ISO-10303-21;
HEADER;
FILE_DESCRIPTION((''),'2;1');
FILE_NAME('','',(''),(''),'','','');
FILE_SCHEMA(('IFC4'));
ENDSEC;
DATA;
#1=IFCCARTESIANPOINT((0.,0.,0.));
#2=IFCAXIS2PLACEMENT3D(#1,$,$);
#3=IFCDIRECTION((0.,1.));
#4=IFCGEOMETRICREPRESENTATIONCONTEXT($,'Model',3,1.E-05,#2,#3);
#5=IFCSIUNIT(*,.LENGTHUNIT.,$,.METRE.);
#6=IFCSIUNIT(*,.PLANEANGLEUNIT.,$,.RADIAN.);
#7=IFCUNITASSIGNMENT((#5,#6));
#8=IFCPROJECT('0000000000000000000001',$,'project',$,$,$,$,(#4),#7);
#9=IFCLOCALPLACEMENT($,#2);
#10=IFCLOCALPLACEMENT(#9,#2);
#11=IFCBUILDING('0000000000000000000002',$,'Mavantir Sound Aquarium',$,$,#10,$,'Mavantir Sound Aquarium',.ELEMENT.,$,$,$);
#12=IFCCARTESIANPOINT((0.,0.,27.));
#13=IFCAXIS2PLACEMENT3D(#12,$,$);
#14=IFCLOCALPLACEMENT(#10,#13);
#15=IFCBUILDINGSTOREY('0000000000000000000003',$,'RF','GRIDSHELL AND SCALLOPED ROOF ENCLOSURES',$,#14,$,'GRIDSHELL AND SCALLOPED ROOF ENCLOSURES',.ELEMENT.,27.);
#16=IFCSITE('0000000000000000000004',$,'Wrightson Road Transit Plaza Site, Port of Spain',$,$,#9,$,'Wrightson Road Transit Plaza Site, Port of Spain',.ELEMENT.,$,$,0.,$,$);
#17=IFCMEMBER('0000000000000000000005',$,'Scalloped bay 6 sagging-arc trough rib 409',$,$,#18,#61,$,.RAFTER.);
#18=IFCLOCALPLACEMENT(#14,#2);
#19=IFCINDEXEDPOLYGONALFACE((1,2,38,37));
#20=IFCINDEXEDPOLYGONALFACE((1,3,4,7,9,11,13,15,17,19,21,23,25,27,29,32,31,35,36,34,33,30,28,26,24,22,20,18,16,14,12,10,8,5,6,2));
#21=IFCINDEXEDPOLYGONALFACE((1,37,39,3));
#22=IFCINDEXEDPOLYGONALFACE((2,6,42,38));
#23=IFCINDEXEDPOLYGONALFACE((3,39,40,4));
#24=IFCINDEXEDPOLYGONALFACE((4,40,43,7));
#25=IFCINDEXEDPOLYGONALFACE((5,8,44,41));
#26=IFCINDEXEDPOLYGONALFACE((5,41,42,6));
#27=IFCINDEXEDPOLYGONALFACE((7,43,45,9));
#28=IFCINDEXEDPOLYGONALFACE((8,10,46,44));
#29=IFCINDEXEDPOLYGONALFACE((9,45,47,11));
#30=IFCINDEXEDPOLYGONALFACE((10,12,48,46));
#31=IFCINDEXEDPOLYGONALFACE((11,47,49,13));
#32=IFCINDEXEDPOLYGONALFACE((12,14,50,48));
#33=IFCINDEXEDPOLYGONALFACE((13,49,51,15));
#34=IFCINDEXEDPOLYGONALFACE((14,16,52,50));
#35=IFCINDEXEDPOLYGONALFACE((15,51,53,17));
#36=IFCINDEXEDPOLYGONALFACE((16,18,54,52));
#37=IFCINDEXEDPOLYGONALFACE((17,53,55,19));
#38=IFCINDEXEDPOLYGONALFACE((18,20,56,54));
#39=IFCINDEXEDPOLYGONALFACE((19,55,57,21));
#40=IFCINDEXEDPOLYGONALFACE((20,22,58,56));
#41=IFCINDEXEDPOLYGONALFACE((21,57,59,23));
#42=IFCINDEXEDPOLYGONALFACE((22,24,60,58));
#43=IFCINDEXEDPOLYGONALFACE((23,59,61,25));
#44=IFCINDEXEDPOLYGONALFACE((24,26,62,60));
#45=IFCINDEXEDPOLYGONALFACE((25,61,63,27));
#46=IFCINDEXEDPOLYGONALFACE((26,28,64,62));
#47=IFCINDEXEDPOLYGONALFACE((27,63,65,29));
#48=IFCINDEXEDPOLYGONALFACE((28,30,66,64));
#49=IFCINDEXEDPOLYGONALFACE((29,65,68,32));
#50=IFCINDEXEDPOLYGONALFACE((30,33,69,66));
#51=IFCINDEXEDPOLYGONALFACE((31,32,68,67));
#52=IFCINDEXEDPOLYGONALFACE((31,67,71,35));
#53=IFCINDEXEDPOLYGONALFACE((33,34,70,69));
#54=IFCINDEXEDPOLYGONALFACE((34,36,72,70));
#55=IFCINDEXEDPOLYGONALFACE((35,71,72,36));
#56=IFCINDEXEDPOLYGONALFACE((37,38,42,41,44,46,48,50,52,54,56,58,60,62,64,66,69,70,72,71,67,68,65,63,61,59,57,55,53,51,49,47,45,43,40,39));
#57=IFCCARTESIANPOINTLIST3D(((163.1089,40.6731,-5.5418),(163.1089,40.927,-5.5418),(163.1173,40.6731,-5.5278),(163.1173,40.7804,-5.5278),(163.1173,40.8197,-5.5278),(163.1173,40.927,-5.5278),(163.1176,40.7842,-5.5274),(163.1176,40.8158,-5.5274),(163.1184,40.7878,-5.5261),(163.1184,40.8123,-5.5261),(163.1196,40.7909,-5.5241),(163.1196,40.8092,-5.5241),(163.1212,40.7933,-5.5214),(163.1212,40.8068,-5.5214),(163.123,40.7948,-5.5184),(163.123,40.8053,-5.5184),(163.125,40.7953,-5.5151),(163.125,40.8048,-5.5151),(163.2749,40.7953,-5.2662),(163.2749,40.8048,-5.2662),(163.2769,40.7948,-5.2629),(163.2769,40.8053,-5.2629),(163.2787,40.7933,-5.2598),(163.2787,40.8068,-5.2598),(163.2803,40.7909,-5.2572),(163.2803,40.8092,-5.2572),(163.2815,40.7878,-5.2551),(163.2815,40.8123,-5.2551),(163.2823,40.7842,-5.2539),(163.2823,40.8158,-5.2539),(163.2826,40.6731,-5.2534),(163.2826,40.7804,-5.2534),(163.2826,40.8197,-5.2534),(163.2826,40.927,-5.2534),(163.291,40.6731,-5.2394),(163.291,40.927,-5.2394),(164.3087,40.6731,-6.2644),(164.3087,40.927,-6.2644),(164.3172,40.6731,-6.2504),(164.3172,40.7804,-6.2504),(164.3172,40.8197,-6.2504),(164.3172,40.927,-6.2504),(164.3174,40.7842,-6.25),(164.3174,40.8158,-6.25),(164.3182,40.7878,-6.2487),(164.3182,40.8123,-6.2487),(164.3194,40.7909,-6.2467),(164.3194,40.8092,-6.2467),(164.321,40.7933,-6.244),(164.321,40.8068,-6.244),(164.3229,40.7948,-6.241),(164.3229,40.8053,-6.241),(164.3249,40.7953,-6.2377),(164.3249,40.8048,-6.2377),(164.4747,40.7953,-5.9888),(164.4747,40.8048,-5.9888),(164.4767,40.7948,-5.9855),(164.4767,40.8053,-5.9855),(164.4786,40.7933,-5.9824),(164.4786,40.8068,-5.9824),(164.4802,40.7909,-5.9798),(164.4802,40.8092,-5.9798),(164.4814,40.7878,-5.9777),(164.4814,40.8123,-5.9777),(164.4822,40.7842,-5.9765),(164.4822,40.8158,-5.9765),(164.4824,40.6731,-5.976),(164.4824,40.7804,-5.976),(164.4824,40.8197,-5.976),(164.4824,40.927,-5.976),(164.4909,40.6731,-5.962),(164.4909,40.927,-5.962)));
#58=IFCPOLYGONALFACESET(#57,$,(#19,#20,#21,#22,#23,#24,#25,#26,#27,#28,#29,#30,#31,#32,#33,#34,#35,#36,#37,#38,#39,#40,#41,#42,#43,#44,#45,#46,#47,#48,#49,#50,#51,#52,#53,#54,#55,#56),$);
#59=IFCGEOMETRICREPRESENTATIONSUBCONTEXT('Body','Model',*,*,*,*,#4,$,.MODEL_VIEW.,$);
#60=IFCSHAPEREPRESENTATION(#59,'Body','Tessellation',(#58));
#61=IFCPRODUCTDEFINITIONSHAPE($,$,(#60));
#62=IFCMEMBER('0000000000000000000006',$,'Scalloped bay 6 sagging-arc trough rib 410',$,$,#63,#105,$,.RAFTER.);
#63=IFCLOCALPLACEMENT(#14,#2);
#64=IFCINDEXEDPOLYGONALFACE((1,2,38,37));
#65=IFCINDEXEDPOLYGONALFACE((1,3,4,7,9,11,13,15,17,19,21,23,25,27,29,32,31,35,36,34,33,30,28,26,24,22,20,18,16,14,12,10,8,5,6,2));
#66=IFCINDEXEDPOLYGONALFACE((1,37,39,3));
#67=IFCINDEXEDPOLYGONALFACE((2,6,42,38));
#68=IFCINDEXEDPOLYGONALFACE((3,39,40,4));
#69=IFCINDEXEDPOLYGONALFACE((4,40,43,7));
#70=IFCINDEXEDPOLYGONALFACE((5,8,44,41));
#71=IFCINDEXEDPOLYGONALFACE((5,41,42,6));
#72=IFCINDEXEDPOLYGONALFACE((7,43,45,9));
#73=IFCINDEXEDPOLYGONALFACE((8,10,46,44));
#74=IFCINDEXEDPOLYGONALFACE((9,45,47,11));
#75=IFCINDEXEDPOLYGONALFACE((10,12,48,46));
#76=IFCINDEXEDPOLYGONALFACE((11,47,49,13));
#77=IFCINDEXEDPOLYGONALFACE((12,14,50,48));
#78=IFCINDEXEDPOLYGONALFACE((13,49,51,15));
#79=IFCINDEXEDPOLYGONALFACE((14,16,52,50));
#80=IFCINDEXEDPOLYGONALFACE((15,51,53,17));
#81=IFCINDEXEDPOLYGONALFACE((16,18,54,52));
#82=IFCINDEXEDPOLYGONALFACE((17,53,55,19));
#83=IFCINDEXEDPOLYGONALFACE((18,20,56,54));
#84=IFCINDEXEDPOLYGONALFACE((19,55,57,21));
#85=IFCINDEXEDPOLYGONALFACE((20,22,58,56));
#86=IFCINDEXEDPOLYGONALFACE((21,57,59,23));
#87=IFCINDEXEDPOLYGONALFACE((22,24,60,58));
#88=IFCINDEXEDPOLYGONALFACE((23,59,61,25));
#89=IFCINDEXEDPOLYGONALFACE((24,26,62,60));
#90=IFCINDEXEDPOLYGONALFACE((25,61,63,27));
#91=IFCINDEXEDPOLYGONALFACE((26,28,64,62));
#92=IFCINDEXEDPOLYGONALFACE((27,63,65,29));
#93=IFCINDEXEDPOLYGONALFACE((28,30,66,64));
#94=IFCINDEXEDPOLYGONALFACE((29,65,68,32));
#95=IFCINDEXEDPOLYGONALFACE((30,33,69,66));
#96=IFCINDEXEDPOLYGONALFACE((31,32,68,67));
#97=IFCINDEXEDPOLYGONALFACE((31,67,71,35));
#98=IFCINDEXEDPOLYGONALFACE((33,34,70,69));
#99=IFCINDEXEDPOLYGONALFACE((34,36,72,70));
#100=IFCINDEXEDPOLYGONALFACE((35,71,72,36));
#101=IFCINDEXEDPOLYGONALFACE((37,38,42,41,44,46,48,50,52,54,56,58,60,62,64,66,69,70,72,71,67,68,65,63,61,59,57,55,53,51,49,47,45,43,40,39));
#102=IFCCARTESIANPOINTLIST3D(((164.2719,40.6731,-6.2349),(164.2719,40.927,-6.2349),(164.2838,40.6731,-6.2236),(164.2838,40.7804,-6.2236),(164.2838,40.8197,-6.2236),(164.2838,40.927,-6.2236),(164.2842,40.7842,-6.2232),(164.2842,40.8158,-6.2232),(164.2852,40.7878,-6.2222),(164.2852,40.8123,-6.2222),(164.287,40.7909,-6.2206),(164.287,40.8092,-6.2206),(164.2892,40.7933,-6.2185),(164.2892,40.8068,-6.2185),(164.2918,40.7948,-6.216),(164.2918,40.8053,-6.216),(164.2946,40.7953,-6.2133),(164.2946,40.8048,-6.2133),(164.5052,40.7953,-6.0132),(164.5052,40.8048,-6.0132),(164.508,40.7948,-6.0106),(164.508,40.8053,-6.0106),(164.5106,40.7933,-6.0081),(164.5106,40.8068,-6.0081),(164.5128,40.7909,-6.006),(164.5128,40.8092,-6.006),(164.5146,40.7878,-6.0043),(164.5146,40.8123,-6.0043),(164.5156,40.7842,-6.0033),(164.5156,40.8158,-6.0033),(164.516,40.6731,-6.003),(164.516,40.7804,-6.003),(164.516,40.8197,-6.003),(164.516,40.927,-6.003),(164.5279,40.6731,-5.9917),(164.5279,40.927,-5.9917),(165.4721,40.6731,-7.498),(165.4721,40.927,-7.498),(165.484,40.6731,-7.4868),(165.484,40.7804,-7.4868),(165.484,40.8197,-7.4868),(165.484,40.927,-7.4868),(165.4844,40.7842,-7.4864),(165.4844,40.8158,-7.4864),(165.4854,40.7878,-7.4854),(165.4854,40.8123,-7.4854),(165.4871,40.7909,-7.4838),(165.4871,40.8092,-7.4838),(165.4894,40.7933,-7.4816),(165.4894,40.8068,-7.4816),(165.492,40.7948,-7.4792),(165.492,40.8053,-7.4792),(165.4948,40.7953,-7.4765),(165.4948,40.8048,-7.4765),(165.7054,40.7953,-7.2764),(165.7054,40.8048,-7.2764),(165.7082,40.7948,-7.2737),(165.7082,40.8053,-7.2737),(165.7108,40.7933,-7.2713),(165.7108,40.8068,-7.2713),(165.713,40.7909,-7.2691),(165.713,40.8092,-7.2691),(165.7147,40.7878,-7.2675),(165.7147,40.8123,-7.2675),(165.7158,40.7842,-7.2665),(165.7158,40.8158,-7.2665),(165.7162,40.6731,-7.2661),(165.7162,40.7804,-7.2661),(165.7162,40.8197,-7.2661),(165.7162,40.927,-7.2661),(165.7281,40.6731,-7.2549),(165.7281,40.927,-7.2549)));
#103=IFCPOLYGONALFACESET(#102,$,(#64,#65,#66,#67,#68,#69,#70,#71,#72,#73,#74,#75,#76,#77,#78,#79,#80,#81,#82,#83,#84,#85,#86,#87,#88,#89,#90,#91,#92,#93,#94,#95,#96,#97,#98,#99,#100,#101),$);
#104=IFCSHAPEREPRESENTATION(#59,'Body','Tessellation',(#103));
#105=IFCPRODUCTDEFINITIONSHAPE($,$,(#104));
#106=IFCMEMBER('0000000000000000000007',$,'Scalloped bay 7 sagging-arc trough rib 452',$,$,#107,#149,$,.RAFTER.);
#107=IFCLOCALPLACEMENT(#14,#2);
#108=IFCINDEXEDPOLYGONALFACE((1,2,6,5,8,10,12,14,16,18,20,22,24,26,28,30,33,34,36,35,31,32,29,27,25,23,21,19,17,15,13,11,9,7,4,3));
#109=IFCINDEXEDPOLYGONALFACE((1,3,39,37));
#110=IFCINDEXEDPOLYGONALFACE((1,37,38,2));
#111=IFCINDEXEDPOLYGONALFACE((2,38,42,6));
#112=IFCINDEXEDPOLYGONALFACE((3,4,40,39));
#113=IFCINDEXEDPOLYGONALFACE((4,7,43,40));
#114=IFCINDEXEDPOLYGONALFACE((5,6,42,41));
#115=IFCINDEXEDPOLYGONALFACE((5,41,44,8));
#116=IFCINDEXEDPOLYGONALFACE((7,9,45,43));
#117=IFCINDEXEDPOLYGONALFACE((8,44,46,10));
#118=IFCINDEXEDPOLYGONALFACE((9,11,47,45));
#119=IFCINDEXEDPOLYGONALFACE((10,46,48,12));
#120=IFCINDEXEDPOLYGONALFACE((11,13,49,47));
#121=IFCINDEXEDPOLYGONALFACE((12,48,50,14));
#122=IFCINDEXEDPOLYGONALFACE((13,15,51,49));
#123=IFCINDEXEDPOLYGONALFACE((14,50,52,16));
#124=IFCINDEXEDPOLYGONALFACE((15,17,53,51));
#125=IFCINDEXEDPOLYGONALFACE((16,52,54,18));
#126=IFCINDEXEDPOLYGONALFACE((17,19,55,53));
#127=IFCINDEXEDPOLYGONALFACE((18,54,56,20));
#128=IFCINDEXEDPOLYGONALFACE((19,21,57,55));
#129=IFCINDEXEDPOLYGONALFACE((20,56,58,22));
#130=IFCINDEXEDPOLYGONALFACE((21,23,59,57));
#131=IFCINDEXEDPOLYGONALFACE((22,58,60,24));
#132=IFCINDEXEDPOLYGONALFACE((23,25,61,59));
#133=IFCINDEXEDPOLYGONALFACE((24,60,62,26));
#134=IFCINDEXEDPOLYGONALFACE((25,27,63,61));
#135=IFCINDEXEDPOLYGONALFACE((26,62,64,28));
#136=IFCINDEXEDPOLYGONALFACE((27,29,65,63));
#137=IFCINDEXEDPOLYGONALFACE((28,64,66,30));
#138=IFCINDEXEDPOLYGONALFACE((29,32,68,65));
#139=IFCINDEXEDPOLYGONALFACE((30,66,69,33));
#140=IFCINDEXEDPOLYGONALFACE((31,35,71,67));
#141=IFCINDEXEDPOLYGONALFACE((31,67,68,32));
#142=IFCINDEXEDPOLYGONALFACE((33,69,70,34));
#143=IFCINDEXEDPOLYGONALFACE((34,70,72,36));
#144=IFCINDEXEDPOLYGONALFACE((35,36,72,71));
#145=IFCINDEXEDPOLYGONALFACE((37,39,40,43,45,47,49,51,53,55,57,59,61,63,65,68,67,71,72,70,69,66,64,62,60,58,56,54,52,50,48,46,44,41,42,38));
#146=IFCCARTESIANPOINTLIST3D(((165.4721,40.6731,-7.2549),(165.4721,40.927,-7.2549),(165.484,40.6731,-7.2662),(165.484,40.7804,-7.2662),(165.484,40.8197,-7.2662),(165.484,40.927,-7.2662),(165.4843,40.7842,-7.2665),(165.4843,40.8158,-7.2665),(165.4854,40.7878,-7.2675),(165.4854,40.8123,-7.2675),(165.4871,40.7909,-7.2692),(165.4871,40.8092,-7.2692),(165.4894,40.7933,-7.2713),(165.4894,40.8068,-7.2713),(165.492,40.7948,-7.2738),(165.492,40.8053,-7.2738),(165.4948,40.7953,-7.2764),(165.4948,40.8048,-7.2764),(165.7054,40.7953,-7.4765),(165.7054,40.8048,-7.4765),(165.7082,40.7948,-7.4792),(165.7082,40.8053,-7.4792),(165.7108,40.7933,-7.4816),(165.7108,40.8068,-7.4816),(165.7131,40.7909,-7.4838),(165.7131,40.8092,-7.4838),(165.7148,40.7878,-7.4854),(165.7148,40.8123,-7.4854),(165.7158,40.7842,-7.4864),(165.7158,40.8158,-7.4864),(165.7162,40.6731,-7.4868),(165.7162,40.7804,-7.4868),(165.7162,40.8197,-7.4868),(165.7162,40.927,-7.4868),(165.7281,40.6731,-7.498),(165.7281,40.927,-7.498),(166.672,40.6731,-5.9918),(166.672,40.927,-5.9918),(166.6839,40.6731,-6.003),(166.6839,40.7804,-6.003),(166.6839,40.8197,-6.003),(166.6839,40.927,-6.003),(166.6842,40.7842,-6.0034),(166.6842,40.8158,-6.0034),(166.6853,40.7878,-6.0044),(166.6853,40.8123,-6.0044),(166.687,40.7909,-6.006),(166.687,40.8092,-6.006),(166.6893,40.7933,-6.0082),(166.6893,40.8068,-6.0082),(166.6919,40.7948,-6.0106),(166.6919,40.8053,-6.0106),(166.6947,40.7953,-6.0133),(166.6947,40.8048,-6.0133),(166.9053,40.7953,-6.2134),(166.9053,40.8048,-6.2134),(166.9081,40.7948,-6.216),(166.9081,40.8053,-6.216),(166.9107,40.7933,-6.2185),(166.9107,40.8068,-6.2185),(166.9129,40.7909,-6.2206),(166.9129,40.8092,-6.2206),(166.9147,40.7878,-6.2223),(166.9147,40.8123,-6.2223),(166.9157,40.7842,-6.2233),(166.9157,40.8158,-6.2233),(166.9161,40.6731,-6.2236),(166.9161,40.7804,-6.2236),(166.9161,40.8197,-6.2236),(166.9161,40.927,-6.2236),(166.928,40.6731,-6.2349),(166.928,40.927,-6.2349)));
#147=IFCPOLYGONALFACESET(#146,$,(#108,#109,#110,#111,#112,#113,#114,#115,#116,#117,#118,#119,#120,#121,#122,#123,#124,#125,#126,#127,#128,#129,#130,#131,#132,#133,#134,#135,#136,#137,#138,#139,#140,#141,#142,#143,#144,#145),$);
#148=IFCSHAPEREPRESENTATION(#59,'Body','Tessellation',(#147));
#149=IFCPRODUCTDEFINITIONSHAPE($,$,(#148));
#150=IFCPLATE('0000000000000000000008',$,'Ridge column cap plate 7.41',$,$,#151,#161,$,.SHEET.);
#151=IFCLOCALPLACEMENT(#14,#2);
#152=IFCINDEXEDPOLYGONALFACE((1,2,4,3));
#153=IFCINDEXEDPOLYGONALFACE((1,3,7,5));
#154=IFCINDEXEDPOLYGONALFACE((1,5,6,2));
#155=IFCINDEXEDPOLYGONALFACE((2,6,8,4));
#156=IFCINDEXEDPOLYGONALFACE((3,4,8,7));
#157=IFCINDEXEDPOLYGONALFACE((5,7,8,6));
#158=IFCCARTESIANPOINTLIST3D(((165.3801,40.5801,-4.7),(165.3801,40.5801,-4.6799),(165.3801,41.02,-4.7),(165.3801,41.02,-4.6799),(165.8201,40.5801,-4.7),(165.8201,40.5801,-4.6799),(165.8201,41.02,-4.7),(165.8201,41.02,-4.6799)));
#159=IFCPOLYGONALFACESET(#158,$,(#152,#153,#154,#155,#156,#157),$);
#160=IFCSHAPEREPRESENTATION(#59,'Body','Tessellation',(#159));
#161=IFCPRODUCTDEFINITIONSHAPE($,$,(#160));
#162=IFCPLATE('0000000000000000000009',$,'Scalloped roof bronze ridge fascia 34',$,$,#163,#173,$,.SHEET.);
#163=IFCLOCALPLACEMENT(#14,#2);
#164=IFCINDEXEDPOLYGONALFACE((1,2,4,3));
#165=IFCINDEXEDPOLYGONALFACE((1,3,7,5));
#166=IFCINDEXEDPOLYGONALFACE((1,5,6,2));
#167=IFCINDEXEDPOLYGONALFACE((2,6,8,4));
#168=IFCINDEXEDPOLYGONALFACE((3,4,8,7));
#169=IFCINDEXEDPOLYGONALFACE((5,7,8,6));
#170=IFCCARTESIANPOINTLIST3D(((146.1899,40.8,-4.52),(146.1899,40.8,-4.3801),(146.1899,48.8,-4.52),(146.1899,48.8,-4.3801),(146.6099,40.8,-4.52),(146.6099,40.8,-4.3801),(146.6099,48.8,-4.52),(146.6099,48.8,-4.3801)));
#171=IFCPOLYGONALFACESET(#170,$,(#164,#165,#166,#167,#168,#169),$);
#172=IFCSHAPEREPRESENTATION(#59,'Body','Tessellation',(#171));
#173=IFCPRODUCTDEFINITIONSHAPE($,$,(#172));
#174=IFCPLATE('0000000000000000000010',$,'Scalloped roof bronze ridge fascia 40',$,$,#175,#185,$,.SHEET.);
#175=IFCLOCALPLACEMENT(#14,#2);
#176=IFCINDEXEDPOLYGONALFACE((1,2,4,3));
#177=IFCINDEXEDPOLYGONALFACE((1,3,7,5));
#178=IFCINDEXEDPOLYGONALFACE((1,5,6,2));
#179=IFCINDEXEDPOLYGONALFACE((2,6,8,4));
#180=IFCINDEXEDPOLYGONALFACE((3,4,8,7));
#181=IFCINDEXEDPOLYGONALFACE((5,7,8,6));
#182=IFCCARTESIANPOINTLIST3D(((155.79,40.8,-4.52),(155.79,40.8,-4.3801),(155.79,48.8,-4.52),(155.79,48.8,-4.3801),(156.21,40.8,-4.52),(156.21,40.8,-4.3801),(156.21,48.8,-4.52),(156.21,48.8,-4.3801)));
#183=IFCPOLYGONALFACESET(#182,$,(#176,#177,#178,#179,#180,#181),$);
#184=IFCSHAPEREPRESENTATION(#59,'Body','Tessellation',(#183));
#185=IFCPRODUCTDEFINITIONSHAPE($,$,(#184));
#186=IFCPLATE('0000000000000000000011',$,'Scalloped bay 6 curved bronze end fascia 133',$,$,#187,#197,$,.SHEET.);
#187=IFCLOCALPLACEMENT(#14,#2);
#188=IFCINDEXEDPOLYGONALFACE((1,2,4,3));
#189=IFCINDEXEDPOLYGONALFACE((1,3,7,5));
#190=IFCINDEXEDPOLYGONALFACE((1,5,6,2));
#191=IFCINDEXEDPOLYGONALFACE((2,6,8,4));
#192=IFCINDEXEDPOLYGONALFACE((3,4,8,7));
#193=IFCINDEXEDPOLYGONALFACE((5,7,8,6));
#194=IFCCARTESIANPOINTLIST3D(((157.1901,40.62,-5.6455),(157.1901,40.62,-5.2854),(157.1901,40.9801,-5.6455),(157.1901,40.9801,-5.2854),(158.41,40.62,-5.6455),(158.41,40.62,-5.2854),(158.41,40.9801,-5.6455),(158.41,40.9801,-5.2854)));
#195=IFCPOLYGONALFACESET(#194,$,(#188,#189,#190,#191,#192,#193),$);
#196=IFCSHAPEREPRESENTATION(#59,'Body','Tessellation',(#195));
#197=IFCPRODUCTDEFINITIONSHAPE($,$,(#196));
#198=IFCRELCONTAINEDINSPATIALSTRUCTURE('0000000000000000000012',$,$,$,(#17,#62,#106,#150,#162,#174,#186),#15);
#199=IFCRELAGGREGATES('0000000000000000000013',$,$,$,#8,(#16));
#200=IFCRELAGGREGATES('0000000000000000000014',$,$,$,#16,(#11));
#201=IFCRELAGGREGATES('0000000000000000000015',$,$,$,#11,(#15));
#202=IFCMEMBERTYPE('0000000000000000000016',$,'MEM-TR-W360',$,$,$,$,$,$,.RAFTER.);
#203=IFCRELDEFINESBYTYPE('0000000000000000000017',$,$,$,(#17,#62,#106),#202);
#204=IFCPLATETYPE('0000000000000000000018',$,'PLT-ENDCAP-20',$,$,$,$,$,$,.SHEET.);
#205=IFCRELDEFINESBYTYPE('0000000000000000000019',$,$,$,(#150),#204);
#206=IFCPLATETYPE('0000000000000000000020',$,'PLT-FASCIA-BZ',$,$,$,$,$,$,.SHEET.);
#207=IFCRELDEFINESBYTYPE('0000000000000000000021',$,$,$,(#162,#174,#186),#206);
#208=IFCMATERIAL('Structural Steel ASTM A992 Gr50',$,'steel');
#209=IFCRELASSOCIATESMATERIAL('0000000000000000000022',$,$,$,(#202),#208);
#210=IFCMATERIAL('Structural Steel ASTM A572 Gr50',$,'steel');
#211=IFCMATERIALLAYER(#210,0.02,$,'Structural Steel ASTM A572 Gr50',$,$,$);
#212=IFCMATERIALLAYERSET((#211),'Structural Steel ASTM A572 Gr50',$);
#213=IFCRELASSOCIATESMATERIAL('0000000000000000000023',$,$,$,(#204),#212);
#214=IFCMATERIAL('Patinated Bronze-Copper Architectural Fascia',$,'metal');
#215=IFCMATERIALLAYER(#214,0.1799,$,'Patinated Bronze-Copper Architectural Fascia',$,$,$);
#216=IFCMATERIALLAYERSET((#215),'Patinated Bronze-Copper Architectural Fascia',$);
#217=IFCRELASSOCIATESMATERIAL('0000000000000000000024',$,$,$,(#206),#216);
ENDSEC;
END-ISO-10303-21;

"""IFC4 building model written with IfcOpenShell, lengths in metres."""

from ifc_helpers import new_model, si_unit, direction, frame, origin, origin_2d, place, context, subcontext, project, spatial, rectangle, i_section, extrude, material, layer, layer_set, material_profile, profile_set, type_object, element, save


model = new_model("IFC4")

# Units and contexts
model_context = context("Model", 3, precision=1e-05, world=origin(), true_north=direction((0.0, 1.0)))
body_context = subcontext(model_context, "Body", "Model", "MODEL_VIEW")
ifc_project = project(units=[si_unit("LENGTHUNIT", "METRE"), si_unit("PLANEANGLEUNIT", "RADIAN")], contexts=[model_context])

# Site, building, storey
site_placement = place(None, origin())
site = spatial("IfcSite", under=ifc_project, at=site_placement, Name="Wrightson Road Transit Plaza Site, Port of Spain", LongName="Wrightson Road Transit Plaza Site, Port of Spain", CompositionType="ELEMENT", RefElevation=0.0)
building_placement = place(site_placement, origin())
building = spatial("IfcBuilding", under=site, at=building_placement, Name="Mavantir Sound Aquarium", LongName="Mavantir Sound Aquarium", CompositionType="ELEMENT")
storey_placement = place(building_placement, frame((0.0, 0.0, 27.0)))
storey = spatial("IfcBuildingStorey", under=building, at=storey_placement, Name="RF", Description="GRIDSHELL AND SCALLOPED ROOF ENCLOSURES", LongName="GRIDSHELL AND SCALLOPED ROOF ENCLOSURES", CompositionType="ELEMENT", Elevation=27.0)

# Shared definitions
ifc_material_1 = material(Name="Structural Steel ASTM A992 Gr50", Category="steel")

# Members
ifc_material_profile_1 = material_profile(ifc_material_1, i_section(OverallWidth=0.2539, OverallDepth=0.353, WebThickness=0.0095, FlangeThickness=0.0164, FilletRadius=0.0149, at=origin_2d()), Name="W360X91")
ifc_profile_set_1 = profile_set([ifc_material_profile_1], Name="Structural Steel ASTM A992 Gr50")
member_type_1 = type_object("IfcMemberType", Name="MEM-TR-W360", PredefinedType="RAFTER", material=ifc_profile_set_1)
member_1_placement = place(storey_placement, frame((163.2, 40.8, -5.3906), z_axis=(0.856646, 0.0, -0.515905), x_axis=(0.0, 1.0, 0.0)))
element("IfcMember", 1, at=member_1_placement, inside=storey, type_object=member_type_1, Name="Scalloped bay 6 sagging-arc trough rib 409", PredefinedType="RAFTER", context=body_context, shape_type="SweptSolid", body=[
    extrude(i_section(OverallWidth=0.2539, OverallDepth=0.353, WebThickness=0.0095, FlangeThickness=0.0164, FilletRadius=0.0149, at=origin_2d()), origin(), (0.0, 0.0, 1.0), 1.4006),
])
member_2_placement = place(storey_placement, frame((164.3999, 40.8, -6.1133), z_axis=(0.688801, 0.0, -0.72495), x_axis=(0.0, 1.0, 0.0)))
element("IfcMember", 2, at=member_2_placement, inside=storey, type_object=member_type_1, Name="Scalloped bay 6 sagging-arc trough rib 410", PredefinedType="RAFTER", context=body_context, shape_type="SweptSolid", body=[
    extrude(i_section(OverallWidth=0.2539, OverallDepth=0.353, WebThickness=0.0095, FlangeThickness=0.0164, FilletRadius=0.0149, at=origin_2d()), origin(), (0.0, 0.0, 1.0), 1.7424),
])
member_3_placement = place(storey_placement, frame((165.6001, 40.8, -7.3765), z_axis=(0.688727, 0.0, 0.72502), x_axis=(0.0, 1.0, 0.0)))
element("IfcMember", 3, at=member_3_placement, inside=storey, type_object=member_type_1, Name="Scalloped bay 7 sagging-arc trough rib 452", PredefinedType="RAFTER", context=body_context, shape_type="SweptSolid", body=[
    extrude(i_section(OverallWidth=0.2539, OverallDepth=0.353, WebThickness=0.0095, FlangeThickness=0.0164, FilletRadius=0.0149, at=origin_2d()), origin(), (0.0, 0.0, 1.0), 1.7422),
])

# Plates
ifc_material_2 = material(Name="Structural Steel ASTM A572 Gr50", Category="steel")
ifc_layer_1 = layer(ifc_material_2, 0.02, Name="Structural Steel ASTM A572 Gr50")
ifc_layer_set_1 = layer_set([ifc_layer_1], Name="Structural Steel ASTM A572 Gr50")
plate_type_1 = type_object("IfcPlateType", Name="PLT-ENDCAP-20", PredefinedType="SHEET", material=ifc_layer_set_1)
plate_placement = place(storey_placement, frame((165.6001, 40.8, -4.7), z_axis=(0.0, 0.0, 1.0), x_axis=(1.0, 0.0, 0.0)))
element("IfcPlate", 4, at=plate_placement, inside=storey, type_object=plate_type_1, Name="Ridge column cap plate 7.41", PredefinedType="SHEET", context=body_context, shape_type="SweptSolid", body=[
    extrude(rectangle(XDim=0.4399, YDim=0.4399, at=origin_2d()), origin(), (0.0, 0.0, 1.0), 0.02),
])
ifc_material_3 = material(Name="Patinated Bronze-Copper Architectural Fascia", Category="metal")
ifc_layer_2 = layer(ifc_material_3, 0.1799, Name="Patinated Bronze-Copper Architectural Fascia")
ifc_layer_set_2 = layer_set([ifc_layer_2], Name="Patinated Bronze-Copper Architectural Fascia")
plate_type_2 = type_object("IfcPlateType", Name="PLT-FASCIA-BZ", PredefinedType="SHEET", material=ifc_layer_set_2)
for number, where, z_axis, x_axis, name in (
    (5, (146.3999, 44.8, -4.52), (0.0, 0.0, 1.0), (1.0, 0.0, 0.0), "Scalloped roof bronze ridge fascia 34"),
    (6, (156.0, 44.8, -4.52), (0.0, 0.0, 1.0), (1.0, 0.0, 0.0), "Scalloped roof bronze ridge fascia 40"),
):
    element("IfcPlate", number, at=place(storey_placement, frame(where, z_axis=z_axis, x_axis=x_axis)), inside=storey, type_object=plate_type_2, Name=name, PredefinedType="SHEET", context=body_context, shape_type="SweptSolid", body=[
        extrude(rectangle(XDim=0.4199, YDim=8.0, at=origin_2d()), origin(), (0.0, 0.0, 1.0), 0.1399),
    ])
for number, where, z_axis, x_axis, name in (
    (7, (157.8, 40.8, -5.6455), (0.0, 0.0, 1.0), (1.0, 0.0, 0.0), "Scalloped bay 6 curved bronze end fascia 133"),
):
    element("IfcPlate", number, at=place(storey_placement, frame(where, z_axis=z_axis, x_axis=x_axis)), inside=storey, type_object=plate_type_2, Name=name, PredefinedType="SHEET", context=body_context, shape_type="SweptSolid", body=[
        extrude(rectangle(XDim=1.22, YDim=0.3601, at=origin_2d()), origin(), (0.0, 0.0, 1.0), 0.3601),
    ])

save(model, "model.ifc")
